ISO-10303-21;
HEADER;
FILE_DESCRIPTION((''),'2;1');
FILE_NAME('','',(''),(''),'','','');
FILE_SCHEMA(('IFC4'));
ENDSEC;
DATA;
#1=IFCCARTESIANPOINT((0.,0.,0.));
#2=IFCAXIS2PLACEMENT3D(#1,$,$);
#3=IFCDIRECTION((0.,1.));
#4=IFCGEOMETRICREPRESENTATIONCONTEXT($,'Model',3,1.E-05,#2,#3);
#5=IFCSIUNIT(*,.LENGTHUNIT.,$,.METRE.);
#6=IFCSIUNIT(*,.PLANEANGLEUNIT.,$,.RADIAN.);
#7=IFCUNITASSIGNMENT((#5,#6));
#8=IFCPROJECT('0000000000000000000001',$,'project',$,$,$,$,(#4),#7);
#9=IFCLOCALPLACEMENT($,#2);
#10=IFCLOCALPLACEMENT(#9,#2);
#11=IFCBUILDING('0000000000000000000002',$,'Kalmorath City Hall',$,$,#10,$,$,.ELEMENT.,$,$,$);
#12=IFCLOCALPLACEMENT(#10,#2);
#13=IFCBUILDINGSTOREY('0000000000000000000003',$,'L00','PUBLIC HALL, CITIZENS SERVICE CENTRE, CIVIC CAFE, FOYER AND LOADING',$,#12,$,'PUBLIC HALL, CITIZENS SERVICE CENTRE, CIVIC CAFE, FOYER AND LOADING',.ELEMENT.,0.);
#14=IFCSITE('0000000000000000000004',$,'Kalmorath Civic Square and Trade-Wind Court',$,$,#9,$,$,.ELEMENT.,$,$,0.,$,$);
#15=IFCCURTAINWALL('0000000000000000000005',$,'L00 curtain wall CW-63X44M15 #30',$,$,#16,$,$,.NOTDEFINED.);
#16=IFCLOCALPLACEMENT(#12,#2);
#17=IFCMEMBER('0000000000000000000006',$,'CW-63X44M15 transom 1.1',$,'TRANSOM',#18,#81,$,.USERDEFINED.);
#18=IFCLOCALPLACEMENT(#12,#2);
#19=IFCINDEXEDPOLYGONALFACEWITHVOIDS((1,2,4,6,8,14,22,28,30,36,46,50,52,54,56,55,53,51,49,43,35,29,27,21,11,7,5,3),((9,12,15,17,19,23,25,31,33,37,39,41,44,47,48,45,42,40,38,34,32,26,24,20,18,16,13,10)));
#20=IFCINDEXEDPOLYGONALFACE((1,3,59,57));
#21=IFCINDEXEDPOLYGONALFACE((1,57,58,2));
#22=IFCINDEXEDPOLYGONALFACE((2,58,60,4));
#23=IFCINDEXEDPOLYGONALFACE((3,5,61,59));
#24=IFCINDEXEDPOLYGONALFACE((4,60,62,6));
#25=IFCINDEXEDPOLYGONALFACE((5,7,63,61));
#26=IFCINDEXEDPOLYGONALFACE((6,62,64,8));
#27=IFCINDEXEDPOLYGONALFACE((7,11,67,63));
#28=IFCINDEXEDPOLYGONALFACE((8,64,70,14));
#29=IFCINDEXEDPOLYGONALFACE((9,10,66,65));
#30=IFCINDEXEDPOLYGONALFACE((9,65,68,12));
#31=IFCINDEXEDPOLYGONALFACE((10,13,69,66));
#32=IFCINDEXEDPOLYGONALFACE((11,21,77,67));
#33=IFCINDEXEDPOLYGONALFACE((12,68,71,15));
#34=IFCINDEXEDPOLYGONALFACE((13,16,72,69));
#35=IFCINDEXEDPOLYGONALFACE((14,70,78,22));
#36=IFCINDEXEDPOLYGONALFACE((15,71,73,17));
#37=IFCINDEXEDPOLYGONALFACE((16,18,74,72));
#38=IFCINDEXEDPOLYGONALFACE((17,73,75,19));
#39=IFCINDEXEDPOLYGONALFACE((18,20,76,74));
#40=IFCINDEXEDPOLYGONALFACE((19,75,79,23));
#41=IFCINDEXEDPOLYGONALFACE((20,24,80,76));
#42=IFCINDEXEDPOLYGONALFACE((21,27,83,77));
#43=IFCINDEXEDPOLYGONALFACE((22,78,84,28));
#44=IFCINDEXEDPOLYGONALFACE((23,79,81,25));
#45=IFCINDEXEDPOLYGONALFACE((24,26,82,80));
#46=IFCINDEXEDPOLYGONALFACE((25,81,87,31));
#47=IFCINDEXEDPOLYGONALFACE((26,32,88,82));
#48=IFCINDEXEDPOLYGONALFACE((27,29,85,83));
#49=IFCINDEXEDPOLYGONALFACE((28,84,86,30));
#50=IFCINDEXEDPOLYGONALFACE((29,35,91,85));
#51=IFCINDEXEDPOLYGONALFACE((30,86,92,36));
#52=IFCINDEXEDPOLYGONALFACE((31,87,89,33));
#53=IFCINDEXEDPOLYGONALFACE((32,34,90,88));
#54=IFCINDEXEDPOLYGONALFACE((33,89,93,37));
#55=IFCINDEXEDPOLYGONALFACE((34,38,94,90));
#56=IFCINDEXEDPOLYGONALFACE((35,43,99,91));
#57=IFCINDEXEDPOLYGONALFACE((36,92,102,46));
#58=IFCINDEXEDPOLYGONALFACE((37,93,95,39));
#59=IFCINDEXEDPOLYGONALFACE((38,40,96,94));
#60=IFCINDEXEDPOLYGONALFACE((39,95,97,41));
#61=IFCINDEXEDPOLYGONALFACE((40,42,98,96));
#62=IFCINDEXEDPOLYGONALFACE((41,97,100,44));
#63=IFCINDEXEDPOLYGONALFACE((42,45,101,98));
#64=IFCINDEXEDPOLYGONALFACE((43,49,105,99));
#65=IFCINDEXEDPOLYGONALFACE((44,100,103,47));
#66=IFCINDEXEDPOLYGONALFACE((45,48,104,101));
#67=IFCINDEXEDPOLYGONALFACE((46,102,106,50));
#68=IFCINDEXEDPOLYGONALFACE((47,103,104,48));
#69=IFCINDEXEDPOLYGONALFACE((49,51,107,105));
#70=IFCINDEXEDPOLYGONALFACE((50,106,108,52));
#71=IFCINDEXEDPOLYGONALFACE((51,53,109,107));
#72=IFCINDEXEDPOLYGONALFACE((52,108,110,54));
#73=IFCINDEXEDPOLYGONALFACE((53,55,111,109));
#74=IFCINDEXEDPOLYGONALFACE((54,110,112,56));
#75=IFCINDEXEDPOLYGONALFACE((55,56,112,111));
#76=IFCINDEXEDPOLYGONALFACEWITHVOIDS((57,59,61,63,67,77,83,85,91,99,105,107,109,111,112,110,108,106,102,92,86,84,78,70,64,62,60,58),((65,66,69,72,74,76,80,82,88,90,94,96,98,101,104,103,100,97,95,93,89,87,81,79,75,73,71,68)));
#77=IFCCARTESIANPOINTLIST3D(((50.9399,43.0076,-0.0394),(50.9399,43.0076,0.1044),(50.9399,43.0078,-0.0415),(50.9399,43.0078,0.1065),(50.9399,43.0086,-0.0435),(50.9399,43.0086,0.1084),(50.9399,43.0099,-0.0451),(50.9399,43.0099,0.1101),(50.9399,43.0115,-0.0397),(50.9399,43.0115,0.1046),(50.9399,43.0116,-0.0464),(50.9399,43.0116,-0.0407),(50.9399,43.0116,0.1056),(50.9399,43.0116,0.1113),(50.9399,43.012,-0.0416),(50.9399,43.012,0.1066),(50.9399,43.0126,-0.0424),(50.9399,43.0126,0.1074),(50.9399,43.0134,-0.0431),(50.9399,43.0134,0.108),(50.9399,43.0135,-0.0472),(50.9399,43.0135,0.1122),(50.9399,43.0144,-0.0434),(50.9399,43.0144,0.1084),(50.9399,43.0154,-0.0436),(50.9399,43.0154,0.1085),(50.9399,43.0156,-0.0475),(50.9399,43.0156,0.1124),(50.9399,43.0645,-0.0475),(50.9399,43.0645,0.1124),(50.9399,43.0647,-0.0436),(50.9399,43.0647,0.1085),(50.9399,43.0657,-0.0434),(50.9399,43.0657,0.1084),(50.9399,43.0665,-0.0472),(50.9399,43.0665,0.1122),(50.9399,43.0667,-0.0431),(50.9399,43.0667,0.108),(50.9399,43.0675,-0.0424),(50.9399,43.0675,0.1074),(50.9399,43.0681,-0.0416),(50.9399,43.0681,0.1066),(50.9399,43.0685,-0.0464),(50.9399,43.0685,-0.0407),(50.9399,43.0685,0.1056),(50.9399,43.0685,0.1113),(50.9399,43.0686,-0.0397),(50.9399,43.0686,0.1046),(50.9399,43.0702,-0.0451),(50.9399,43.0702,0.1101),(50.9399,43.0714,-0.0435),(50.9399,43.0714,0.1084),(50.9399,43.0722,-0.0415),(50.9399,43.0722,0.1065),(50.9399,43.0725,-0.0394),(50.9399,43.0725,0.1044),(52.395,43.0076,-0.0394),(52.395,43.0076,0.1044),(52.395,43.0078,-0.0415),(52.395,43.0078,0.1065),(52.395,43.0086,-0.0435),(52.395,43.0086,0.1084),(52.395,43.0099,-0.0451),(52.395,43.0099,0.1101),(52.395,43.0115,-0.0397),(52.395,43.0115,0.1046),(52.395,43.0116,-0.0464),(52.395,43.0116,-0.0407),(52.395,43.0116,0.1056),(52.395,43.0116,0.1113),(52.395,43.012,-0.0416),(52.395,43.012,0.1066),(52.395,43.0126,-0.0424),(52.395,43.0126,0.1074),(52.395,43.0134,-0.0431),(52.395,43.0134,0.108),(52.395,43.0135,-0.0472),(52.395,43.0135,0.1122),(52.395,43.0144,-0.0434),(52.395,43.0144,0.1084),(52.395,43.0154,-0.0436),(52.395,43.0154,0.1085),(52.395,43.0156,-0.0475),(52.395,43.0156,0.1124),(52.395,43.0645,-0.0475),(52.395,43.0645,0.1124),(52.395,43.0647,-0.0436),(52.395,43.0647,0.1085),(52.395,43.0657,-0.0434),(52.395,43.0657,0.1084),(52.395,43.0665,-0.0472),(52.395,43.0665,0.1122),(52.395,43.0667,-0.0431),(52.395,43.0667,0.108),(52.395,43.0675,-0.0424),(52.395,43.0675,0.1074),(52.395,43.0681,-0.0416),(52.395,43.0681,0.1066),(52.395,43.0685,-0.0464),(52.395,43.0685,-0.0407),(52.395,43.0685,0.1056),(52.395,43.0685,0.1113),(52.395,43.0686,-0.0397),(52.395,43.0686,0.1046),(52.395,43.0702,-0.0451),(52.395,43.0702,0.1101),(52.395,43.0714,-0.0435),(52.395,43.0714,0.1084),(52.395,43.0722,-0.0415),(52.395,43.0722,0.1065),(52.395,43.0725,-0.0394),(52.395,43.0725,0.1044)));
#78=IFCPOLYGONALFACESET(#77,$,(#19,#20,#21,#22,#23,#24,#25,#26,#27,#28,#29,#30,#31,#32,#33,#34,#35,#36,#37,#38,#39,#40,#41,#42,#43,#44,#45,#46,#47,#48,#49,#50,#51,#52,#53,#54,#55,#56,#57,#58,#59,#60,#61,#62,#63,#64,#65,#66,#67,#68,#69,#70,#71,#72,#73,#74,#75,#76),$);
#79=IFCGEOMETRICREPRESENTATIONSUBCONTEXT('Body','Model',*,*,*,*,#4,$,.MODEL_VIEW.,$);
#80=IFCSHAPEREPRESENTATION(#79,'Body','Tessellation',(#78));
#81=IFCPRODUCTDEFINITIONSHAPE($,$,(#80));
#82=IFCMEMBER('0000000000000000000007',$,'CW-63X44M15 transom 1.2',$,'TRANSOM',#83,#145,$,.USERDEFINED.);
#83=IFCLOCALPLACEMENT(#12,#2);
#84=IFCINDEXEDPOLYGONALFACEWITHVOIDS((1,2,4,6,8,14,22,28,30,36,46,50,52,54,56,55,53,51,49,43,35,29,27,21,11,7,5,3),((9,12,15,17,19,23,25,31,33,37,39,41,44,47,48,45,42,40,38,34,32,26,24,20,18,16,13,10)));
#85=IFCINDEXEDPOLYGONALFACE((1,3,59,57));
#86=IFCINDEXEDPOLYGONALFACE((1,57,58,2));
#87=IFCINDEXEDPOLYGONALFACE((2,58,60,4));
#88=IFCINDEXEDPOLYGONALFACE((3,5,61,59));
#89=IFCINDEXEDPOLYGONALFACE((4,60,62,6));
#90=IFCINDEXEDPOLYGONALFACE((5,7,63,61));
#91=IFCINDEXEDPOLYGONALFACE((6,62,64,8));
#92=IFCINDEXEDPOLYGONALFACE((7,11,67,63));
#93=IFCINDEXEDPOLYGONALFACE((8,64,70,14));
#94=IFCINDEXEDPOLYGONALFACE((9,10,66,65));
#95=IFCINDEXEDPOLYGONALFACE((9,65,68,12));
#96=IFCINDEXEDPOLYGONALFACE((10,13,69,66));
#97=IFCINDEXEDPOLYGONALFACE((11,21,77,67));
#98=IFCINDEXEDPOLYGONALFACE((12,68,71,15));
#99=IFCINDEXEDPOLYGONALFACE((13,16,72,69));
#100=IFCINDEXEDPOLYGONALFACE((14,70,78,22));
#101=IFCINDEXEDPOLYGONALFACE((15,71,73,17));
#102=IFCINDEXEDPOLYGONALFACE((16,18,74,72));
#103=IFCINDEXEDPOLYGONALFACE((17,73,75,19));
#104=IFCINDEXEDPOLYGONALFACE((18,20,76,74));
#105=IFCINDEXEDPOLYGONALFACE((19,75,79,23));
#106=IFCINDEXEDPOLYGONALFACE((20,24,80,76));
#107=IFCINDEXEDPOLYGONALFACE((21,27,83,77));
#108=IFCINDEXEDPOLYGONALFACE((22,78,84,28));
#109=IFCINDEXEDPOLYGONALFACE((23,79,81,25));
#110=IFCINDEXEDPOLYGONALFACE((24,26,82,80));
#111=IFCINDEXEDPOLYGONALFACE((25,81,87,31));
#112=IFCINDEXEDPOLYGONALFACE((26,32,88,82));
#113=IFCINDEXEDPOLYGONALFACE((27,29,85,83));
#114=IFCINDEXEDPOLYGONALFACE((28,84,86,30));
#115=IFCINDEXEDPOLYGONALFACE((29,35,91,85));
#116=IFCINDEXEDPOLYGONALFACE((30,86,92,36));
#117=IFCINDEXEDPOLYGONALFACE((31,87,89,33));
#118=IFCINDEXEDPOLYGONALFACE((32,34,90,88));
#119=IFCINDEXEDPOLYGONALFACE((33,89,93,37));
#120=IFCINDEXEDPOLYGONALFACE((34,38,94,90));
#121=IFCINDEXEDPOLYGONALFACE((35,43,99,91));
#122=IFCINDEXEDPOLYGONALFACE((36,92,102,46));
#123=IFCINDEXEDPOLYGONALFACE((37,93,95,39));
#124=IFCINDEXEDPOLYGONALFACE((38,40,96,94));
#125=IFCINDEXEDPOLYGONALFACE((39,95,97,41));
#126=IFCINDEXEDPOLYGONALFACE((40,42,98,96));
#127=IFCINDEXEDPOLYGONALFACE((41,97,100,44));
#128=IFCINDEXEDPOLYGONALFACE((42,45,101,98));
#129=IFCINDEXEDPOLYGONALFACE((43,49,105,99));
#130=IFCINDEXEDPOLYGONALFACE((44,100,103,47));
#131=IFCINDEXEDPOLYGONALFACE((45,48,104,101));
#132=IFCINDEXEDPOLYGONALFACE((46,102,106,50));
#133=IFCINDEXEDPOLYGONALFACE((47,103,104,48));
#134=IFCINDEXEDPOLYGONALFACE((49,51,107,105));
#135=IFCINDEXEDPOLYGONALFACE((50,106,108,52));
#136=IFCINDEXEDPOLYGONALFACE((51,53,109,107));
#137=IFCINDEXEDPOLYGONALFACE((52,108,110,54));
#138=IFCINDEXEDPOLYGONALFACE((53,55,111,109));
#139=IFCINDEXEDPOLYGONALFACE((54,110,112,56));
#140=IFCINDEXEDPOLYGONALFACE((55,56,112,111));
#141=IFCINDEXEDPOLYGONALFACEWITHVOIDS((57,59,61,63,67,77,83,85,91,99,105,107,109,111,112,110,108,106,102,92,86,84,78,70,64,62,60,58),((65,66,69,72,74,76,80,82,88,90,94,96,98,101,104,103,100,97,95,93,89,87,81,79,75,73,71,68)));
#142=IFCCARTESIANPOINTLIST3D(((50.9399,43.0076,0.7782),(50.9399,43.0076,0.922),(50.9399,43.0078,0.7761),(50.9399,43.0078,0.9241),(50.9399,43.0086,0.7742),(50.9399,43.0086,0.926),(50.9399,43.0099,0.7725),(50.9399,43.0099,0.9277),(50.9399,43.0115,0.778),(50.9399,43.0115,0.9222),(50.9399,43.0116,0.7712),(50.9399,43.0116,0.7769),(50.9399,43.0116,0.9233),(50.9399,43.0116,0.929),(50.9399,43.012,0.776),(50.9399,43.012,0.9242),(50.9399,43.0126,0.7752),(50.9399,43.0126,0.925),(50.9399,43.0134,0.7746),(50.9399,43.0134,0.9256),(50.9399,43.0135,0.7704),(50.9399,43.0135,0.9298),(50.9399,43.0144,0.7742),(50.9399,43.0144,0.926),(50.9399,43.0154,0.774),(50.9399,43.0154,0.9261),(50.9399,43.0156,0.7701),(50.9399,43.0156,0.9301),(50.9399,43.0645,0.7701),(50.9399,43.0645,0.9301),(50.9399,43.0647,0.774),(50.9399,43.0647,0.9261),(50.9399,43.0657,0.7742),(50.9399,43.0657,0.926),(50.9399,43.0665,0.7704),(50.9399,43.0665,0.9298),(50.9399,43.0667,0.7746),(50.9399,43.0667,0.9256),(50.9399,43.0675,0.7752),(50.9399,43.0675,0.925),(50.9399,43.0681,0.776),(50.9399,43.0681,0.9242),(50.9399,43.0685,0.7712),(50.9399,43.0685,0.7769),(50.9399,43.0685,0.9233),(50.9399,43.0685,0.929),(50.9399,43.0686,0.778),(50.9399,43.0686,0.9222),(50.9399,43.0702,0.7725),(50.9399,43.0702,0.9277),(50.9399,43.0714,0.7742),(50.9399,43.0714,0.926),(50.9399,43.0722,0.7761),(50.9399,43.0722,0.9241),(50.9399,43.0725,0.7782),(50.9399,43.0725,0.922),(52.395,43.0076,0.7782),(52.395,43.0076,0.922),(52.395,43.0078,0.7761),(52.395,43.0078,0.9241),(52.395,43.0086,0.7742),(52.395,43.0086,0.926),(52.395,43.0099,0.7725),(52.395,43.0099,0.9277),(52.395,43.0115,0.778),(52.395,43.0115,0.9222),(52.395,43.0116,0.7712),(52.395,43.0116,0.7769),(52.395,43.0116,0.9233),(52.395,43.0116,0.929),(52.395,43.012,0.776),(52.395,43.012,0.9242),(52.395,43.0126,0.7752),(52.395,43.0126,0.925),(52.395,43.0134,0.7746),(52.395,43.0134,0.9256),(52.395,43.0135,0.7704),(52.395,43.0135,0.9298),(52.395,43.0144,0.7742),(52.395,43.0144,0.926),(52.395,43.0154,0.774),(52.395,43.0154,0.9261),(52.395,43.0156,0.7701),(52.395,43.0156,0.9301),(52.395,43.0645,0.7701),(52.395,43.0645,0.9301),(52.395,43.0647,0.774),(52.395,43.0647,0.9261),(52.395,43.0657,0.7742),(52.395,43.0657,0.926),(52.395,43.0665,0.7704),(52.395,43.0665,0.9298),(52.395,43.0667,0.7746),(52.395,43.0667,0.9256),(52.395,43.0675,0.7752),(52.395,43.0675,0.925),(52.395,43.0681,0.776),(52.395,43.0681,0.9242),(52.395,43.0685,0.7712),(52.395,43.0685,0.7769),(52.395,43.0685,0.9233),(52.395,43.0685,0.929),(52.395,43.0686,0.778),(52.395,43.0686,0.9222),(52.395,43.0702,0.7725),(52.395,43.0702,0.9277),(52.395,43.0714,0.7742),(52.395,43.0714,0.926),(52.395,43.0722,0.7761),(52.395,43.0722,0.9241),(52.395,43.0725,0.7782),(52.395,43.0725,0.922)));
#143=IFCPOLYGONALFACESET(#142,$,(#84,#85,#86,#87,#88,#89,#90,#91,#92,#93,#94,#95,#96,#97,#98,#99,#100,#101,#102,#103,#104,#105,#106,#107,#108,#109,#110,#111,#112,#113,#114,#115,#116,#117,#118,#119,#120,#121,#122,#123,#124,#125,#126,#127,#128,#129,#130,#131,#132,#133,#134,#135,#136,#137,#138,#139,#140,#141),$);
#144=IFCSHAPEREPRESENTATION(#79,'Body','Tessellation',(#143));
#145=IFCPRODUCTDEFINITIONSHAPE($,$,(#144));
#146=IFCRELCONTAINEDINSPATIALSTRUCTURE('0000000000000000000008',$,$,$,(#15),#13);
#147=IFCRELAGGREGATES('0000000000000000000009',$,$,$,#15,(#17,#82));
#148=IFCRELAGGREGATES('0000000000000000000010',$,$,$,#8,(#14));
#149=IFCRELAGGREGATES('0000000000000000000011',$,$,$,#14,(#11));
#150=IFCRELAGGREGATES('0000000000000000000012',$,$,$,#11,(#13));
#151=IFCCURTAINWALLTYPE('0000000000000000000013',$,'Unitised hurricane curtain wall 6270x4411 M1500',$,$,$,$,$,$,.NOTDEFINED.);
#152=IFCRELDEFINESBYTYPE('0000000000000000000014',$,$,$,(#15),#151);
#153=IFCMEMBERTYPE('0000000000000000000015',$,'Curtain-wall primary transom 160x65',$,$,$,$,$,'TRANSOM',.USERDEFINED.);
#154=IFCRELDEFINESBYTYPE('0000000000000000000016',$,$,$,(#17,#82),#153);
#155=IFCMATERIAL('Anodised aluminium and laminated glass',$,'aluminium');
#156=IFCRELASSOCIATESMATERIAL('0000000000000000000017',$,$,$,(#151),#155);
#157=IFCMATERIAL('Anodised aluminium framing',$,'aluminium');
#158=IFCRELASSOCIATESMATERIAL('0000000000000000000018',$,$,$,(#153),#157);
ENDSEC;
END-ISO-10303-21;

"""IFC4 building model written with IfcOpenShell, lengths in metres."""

from ifc_helpers import new_model, si_unit, direction, frame, origin, origin_2d, place, context, subcontext, project, spatial, hollow_rectangle, extrude, material, material_profile, profile_set, type_object, element, aggregate, save


model = new_model("IFC4")

# Units and contexts
model_context = context("Model", 3, precision=1e-05, world=origin(), true_north=direction((0.0, 1.0)))
body_context = subcontext(model_context, "Body", "Model", "MODEL_VIEW")
ifc_project = project(units=[si_unit("LENGTHUNIT", "METRE"), si_unit("PLANEANGLEUNIT", "RADIAN")], contexts=[model_context])

# Site, building, storey
site_placement = place(None, origin())
site = spatial("IfcSite", under=ifc_project, at=site_placement, Name="Kalmorath Civic Square and Trade-Wind Court", CompositionType="ELEMENT", RefElevation=0.0)
building_placement = place(site_placement, origin())
building = spatial("IfcBuilding", under=site, at=building_placement, Name="Kalmorath City Hall", CompositionType="ELEMENT")
storey_placement = place(building_placement, origin())
storey = spatial("IfcBuildingStorey", under=building, at=storey_placement, Name="L00", Description="PUBLIC HALL, CITIZENS SERVICE CENTRE, CIVIC CAFE, FOYER AND LOADING", LongName="PUBLIC HALL, CITIZENS SERVICE CENTRE, CIVIC CAFE, FOYER AND LOADING", CompositionType="ELEMENT", Elevation=0.0)

# Curtain wall
ifc_material_1 = material(Name="Anodised aluminium and laminated glass", Category="aluminium")
curtain_wall_type_1 = type_object("IfcCurtainWallType", Name="Unitised hurricane curtain wall 6270x4411 M1500", PredefinedType="NOTDEFINED", material=ifc_material_1)
curtain_wall_1_placement = place(storey_placement, origin())
curtain_wall_1 = element("IfcCurtainWall", 1, at=curtain_wall_1_placement, inside=storey, type_object=curtain_wall_type_1, Name="L00 curtain wall CW-63X44M15 #30", PredefinedType="NOTDEFINED")

# Members
ifc_material_2 = material(Name="Anodised aluminium framing", Category="aluminium")
ifc_material_profile_1 = material_profile(ifc_material_2, hollow_rectangle(XDim=0.0649, YDim=0.1599, WallThickness=0.0039, InnerFilletRadius=0.0039, OuterFilletRadius=0.0081, at=origin_2d()), Name="ALU-TRN-160X65X4")
ifc_profile_set_1 = profile_set([ifc_material_profile_1], Name="Anodised aluminium framing")
member_type_1 = type_object("IfcMemberType", Name="Curtain-wall primary transom 160x65", ElementType="TRANSOM", PredefinedType="USERDEFINED", material=ifc_profile_set_1)
member_1_placement = place(storey_placement, frame((50.9399, 43.04, 0.0325), z_axis=(1.0, 0.0, 0.0), x_axis=(0.0, 1.0, 0.0)))
member_1 = element("IfcMember", 2, at=member_1_placement, type_object=member_type_1, Name="CW-63X44M15 transom 1.1", ObjectType="TRANSOM", PredefinedType="USERDEFINED", context=body_context, shape_type="SweptSolid", body=[
    extrude(hollow_rectangle(XDim=0.0649, YDim=0.1599, WallThickness=0.0039, InnerFilletRadius=0.0039, OuterFilletRadius=0.0081, at=origin_2d()), origin(), (0.0, 0.0, 1.0), 1.4551),
])
member_2_placement = place(storey_placement, frame((50.9399, 43.04, 0.8501), z_axis=(1.0, 0.0, 0.0), x_axis=(0.0, 1.0, 0.0)))
member_2 = element("IfcMember", 3, at=member_2_placement, type_object=member_type_1, Name="CW-63X44M15 transom 1.2", ObjectType="TRANSOM", PredefinedType="USERDEFINED", context=body_context, shape_type="SweptSolid", body=[
    extrude(hollow_rectangle(XDim=0.0649, YDim=0.1599, WallThickness=0.0039, InnerFilletRadius=0.0039, OuterFilletRadius=0.0081, at=origin_2d()), origin(), (0.0, 0.0, 1.0), 1.4551),
])

aggregate(curtain_wall_1, [member_1, member_2])

save(model, "model.ifc")
